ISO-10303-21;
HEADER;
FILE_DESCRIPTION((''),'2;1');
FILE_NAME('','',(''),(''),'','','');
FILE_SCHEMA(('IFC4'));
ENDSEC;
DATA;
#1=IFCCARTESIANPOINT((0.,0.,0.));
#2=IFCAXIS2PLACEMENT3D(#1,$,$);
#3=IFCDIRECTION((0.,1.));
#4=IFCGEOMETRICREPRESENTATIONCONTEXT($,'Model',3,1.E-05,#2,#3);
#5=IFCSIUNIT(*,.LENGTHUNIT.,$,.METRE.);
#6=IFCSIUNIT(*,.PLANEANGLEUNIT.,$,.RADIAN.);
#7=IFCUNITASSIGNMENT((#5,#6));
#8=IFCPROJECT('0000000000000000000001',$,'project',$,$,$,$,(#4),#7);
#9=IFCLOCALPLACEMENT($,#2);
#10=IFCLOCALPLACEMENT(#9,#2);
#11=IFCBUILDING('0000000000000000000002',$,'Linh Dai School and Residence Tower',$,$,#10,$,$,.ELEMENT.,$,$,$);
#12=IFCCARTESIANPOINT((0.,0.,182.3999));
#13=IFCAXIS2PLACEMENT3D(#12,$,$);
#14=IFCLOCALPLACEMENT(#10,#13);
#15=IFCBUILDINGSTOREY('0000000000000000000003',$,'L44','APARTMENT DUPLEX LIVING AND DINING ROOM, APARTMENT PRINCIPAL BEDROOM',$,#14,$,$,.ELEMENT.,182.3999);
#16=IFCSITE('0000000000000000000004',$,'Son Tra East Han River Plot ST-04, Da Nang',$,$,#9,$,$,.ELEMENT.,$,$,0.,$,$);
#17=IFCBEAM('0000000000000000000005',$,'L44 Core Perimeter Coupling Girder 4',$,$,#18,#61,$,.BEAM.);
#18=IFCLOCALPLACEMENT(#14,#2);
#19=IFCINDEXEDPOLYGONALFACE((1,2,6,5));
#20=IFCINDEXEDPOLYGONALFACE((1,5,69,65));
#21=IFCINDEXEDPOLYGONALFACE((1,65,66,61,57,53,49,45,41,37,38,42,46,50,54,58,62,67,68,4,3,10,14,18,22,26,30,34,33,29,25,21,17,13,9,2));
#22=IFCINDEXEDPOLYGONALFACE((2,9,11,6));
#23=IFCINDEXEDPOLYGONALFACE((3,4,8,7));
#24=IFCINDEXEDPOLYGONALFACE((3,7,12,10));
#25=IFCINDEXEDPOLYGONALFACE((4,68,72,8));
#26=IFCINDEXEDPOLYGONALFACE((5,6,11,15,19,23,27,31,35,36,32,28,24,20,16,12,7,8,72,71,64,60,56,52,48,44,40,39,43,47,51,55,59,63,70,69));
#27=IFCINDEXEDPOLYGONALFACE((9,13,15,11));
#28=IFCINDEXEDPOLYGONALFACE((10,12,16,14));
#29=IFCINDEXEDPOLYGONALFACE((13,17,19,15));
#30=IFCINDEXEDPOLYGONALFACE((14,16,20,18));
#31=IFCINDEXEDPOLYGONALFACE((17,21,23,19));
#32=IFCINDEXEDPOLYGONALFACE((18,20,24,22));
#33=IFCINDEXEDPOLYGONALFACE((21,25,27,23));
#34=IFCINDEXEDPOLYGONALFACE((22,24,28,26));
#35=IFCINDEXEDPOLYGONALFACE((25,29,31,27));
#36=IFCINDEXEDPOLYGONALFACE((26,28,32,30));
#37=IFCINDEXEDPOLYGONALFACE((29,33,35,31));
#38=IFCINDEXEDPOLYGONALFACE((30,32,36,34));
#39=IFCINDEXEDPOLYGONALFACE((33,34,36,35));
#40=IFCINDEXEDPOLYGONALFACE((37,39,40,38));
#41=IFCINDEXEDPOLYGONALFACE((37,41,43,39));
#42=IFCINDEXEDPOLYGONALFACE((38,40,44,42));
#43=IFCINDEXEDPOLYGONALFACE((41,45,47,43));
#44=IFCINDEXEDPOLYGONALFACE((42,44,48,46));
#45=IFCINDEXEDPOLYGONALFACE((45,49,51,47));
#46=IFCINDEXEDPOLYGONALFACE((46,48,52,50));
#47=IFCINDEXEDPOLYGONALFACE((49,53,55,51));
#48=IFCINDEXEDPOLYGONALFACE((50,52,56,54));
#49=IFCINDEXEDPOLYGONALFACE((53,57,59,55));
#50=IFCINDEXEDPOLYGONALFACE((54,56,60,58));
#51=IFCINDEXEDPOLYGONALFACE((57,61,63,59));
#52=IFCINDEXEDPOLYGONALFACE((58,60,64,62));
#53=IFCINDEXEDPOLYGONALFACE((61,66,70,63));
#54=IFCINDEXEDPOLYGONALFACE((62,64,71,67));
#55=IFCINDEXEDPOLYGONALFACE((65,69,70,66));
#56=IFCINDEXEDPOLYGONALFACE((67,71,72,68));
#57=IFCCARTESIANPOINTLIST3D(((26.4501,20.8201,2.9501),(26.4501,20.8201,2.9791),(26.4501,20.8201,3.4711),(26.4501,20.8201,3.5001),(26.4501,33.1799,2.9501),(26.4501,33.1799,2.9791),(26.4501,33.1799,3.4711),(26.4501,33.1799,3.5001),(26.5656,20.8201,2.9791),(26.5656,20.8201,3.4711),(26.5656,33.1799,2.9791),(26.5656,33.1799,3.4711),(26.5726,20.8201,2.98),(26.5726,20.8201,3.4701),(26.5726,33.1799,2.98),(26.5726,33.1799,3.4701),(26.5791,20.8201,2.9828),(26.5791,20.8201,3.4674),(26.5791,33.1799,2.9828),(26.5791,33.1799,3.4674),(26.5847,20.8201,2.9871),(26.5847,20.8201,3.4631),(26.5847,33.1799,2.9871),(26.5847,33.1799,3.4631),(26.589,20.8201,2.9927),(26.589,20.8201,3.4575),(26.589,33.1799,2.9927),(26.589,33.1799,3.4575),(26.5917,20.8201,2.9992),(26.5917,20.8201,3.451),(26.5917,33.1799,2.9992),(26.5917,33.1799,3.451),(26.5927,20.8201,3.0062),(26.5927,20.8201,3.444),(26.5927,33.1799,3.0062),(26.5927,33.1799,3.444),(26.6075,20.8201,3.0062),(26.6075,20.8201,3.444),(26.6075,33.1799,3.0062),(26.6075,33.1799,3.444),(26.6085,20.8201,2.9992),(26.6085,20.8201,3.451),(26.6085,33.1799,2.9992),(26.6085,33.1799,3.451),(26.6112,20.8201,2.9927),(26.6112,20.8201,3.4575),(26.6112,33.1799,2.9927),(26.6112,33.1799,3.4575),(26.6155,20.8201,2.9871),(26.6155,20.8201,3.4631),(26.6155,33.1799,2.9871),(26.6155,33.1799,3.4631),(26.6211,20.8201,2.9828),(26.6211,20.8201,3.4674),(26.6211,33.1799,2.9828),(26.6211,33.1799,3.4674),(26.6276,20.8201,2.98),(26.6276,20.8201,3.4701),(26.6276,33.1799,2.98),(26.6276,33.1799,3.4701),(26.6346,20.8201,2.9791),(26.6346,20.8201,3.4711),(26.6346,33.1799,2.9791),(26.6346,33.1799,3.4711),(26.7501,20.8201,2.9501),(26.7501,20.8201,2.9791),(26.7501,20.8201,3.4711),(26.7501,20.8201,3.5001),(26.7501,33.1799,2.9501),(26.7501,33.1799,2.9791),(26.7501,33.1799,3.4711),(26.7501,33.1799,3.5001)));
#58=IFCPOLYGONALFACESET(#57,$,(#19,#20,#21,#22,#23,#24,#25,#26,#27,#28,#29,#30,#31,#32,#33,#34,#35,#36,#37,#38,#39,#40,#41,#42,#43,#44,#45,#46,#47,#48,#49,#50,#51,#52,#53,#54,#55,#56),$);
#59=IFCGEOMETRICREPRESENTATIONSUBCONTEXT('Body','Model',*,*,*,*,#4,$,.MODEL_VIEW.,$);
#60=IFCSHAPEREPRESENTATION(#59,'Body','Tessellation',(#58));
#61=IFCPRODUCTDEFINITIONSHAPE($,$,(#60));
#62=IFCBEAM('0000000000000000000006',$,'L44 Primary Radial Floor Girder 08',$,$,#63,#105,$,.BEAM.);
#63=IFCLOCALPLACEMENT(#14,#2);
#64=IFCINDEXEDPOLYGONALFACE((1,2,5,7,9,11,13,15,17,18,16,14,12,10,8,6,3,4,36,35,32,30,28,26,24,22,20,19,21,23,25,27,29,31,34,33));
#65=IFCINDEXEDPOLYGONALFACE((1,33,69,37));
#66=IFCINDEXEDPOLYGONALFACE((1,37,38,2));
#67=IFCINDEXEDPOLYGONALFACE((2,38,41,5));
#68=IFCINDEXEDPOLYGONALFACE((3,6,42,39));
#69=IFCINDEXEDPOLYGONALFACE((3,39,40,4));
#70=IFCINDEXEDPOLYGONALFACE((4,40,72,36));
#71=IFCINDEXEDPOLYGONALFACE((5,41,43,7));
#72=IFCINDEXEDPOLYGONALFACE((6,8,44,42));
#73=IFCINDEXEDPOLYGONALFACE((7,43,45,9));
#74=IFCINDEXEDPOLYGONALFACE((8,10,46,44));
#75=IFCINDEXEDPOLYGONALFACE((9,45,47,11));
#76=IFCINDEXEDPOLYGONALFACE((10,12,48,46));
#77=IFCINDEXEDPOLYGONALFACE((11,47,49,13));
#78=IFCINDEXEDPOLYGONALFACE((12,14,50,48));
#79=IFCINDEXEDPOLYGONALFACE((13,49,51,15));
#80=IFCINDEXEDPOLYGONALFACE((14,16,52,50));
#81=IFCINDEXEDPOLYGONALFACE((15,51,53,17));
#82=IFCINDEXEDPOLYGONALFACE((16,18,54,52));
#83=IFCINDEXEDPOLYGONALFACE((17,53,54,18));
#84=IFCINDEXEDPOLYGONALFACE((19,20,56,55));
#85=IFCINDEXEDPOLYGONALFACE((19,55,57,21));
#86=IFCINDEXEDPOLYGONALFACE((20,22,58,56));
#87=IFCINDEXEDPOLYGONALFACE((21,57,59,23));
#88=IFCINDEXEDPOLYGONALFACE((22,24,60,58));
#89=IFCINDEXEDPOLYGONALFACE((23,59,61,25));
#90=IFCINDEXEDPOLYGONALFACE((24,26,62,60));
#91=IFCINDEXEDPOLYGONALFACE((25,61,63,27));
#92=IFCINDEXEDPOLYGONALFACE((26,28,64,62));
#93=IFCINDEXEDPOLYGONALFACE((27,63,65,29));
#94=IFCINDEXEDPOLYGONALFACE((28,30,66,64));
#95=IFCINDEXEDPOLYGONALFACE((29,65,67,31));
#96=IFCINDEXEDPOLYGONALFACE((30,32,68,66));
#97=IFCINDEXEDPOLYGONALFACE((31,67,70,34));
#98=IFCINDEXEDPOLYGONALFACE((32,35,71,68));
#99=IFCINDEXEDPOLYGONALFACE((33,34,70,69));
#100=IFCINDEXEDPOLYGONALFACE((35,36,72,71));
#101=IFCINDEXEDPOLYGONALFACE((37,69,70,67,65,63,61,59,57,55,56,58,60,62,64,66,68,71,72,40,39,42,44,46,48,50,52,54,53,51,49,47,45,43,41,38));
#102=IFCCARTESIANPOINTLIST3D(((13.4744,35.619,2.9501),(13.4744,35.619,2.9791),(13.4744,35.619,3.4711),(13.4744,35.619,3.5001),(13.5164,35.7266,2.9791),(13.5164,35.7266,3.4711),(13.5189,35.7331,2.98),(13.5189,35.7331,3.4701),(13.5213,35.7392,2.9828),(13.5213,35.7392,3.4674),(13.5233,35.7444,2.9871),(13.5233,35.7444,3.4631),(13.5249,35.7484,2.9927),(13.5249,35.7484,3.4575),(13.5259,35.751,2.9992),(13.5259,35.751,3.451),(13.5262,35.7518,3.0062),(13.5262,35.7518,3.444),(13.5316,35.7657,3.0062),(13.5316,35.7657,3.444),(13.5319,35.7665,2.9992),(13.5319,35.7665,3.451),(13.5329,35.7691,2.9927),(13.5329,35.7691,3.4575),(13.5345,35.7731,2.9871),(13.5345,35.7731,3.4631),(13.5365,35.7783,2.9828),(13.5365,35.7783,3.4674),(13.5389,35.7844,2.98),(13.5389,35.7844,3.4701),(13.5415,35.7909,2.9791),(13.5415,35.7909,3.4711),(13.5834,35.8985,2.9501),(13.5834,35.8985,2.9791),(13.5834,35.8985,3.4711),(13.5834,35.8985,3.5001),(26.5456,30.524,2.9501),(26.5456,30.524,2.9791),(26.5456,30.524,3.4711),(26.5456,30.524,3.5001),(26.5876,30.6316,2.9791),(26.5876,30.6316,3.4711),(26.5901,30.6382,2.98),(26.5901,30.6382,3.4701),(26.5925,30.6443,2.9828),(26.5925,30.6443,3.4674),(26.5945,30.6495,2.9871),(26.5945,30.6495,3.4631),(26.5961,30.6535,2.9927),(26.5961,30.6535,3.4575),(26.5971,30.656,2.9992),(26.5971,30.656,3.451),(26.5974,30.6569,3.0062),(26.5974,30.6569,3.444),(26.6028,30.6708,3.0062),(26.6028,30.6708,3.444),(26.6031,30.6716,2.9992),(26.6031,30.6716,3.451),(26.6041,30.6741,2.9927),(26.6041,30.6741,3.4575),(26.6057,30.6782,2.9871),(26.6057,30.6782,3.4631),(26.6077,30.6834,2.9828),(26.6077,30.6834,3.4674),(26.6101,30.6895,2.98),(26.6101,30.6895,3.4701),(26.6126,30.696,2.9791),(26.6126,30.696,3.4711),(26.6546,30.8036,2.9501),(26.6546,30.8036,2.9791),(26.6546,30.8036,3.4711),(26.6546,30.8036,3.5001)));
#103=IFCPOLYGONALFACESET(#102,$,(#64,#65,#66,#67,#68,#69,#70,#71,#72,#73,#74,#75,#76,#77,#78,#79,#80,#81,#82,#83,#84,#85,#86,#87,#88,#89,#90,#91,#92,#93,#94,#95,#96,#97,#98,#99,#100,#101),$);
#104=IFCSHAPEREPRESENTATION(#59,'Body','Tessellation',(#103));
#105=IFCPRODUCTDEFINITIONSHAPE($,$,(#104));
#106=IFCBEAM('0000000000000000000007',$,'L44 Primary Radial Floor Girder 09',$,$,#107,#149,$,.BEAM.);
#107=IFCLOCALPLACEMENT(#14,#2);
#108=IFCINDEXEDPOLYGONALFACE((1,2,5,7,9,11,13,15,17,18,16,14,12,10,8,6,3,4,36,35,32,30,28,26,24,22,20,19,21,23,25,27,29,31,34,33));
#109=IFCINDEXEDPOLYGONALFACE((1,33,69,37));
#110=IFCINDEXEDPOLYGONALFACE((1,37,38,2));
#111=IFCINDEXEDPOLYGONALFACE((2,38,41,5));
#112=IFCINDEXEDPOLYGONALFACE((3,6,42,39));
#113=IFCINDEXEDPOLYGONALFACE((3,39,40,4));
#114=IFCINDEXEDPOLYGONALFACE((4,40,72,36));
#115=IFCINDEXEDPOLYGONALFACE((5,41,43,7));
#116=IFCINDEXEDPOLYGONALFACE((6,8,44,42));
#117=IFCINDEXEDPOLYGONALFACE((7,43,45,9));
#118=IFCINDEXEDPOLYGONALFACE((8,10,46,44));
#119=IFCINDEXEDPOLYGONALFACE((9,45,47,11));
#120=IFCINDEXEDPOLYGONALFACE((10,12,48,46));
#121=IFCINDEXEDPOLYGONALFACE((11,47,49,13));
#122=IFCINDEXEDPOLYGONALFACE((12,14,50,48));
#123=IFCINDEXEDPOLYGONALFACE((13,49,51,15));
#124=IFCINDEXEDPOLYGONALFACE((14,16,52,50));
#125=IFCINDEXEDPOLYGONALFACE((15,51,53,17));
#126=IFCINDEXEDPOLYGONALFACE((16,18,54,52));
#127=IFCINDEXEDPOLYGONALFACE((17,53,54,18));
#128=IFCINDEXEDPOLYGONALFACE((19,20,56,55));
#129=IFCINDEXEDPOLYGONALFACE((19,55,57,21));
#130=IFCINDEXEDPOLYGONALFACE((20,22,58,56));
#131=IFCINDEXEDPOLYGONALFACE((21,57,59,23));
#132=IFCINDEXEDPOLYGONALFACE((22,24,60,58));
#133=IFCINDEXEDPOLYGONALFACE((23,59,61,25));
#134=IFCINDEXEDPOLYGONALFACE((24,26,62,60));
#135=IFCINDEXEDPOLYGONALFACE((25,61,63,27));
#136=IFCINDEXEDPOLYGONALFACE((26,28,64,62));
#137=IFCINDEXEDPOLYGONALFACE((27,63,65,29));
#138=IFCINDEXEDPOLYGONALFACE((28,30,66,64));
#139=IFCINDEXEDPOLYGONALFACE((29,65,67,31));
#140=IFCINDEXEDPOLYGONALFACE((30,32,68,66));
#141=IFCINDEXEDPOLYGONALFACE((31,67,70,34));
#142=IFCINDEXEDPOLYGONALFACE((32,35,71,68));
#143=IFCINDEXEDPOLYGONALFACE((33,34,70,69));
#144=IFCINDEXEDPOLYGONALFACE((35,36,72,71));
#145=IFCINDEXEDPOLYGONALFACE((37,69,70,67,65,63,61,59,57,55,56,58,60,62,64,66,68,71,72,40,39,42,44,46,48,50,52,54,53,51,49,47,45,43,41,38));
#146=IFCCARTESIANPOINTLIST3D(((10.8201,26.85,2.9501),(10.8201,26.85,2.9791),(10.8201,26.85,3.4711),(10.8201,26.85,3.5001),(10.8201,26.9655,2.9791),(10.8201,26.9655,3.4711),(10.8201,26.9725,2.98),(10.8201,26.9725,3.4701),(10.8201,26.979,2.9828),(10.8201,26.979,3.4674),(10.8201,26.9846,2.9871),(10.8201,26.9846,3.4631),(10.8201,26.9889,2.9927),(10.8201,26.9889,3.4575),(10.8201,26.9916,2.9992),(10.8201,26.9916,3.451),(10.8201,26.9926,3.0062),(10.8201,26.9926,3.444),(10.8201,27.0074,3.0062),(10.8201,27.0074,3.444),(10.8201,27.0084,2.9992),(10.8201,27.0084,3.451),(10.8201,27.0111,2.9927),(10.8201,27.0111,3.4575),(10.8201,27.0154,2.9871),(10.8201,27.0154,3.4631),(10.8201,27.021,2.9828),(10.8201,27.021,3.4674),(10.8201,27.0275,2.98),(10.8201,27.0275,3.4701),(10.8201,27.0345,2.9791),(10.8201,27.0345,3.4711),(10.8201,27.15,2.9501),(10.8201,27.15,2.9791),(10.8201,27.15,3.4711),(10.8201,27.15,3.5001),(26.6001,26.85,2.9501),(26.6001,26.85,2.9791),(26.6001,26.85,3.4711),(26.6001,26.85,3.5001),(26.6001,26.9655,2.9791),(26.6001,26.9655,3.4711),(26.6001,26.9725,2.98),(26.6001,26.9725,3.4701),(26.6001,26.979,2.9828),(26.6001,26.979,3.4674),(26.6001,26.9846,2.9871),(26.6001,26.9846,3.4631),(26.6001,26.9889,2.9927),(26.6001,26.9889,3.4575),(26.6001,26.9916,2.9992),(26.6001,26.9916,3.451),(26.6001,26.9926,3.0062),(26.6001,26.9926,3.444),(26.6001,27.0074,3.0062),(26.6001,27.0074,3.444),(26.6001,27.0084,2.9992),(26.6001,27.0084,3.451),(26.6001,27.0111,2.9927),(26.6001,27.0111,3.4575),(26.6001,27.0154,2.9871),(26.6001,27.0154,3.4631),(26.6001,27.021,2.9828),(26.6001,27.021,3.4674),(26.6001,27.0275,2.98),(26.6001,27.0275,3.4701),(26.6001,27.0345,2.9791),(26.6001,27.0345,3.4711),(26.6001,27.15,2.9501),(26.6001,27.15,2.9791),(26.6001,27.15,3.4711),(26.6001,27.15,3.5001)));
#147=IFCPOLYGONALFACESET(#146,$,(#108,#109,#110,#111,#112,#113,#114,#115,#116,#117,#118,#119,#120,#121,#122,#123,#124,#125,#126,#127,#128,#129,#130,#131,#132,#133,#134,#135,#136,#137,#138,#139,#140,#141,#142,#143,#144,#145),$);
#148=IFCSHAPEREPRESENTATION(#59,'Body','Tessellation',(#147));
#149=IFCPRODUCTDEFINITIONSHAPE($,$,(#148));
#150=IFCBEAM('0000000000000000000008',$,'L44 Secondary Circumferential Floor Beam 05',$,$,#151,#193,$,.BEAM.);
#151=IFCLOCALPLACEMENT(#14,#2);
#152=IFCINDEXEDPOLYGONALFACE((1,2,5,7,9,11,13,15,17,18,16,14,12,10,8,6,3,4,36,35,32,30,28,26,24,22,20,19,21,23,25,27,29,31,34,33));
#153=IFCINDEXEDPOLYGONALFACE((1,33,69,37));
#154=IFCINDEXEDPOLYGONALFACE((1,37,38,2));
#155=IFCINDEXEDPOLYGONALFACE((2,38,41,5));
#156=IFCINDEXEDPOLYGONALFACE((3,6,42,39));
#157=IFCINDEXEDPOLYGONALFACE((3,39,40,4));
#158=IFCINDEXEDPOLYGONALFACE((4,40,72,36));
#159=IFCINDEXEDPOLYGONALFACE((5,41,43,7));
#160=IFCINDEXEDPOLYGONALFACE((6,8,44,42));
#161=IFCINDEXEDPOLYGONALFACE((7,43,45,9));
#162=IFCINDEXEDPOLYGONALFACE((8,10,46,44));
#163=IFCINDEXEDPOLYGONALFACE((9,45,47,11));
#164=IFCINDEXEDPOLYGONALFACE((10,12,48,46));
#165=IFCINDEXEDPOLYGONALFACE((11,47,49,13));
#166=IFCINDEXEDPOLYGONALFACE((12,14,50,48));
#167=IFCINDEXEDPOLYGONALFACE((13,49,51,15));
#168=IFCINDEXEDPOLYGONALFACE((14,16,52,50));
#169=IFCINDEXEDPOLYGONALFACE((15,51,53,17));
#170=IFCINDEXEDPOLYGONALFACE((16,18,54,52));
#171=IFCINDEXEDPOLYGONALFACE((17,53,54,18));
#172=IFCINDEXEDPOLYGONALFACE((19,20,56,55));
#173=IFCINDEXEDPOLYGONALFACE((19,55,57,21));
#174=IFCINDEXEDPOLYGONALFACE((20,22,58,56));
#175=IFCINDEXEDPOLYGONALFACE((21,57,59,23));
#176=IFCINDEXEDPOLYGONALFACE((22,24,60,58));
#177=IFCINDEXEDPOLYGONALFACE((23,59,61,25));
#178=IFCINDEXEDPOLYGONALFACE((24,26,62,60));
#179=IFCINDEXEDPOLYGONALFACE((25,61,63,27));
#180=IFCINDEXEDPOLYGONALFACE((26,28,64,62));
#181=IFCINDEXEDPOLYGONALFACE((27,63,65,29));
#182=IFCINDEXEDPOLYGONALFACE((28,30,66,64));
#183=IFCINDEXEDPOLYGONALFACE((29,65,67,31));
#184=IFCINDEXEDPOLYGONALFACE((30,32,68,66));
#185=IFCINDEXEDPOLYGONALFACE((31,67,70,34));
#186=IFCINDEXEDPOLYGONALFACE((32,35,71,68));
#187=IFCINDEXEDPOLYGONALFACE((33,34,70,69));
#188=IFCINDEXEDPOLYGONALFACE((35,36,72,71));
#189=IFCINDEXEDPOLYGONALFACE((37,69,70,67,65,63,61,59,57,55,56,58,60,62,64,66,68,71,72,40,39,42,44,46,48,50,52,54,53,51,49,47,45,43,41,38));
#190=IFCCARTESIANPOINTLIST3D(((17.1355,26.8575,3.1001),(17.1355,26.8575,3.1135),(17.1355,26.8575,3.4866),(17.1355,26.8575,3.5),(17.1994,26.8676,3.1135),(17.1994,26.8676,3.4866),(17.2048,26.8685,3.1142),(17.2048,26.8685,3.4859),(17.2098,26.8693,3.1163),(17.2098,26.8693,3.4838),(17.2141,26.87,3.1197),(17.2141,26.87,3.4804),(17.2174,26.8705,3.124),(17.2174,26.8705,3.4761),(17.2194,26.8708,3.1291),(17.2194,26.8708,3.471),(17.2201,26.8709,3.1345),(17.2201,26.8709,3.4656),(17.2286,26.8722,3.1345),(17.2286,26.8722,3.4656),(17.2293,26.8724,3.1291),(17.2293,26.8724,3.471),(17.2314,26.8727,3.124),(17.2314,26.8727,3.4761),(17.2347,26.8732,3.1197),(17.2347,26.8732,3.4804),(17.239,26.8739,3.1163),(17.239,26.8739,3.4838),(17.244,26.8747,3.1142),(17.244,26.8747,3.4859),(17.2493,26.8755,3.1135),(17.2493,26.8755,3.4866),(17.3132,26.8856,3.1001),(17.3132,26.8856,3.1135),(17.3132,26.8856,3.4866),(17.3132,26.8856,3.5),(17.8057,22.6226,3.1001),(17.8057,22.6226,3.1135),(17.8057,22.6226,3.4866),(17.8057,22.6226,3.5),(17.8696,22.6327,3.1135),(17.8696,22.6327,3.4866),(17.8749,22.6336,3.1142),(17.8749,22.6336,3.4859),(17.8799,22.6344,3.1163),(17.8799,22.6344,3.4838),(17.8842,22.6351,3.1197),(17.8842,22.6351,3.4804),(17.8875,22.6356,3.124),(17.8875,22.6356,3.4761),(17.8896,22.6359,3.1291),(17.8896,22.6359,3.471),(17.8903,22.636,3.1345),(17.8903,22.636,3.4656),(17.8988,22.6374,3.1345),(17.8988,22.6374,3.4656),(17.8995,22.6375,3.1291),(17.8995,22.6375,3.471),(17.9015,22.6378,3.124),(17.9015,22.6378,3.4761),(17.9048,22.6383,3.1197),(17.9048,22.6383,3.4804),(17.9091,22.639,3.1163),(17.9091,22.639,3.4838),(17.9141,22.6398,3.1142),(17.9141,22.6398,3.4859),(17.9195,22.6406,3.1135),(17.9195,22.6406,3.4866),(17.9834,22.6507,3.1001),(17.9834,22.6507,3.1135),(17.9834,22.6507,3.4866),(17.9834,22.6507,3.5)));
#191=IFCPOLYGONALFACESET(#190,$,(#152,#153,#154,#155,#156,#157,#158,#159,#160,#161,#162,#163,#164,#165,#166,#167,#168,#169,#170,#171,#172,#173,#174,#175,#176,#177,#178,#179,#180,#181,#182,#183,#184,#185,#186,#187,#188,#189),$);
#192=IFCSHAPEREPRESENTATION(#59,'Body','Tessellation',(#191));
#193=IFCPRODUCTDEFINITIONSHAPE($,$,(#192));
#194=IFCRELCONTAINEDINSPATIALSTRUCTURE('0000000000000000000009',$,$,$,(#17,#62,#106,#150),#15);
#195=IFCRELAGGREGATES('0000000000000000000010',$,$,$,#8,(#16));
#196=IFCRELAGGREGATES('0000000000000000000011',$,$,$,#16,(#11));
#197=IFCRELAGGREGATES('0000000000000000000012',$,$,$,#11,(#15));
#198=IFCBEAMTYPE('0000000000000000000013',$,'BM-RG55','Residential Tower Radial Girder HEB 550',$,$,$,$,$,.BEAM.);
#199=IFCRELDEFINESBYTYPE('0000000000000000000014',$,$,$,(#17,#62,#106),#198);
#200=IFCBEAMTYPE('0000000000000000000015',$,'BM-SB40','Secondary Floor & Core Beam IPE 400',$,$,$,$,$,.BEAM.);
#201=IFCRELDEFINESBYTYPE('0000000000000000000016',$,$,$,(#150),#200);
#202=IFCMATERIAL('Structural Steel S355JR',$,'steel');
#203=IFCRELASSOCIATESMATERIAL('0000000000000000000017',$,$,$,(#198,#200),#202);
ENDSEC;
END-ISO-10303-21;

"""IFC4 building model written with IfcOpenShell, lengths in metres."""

from ifc_helpers import new_model, si_unit, direction, frame, origin, origin_2d, place, context, subcontext, project, spatial, i_section, extrude, material, material_profile, profile_set, type_object, element, save


model = new_model("IFC4")

# Units and contexts
model_context = context("Model", 3, precision=1e-05, world=origin(), true_north=direction((0.0, 1.0)))
body_context = subcontext(model_context, "Body", "Model", "MODEL_VIEW")
ifc_project = project(units=[si_unit("LENGTHUNIT", "METRE"), si_unit("PLANEANGLEUNIT", "RADIAN")], contexts=[model_context])

# Site, building, storey
site_placement = place(None, origin())
site = spatial("IfcSite", under=ifc_project, at=site_placement, Name="Son Tra East Han River Plot ST-04, Da Nang", CompositionType="ELEMENT", RefElevation=0.0)
building_placement = place(site_placement, origin())
building = spatial("IfcBuilding", under=site, at=building_placement, Name="Linh Dai School and Residence Tower", CompositionType="ELEMENT")
storey_placement = place(building_placement, frame((0.0, 0.0, 182.3999)))
storey = spatial("IfcBuildingStorey", under=building, at=storey_placement, Name="L44", Description="APARTMENT DUPLEX LIVING AND DINING ROOM, APARTMENT PRINCIPAL BEDROOM", CompositionType="ELEMENT", Elevation=182.3999)

# Shared definitions
ifc_material_1 = material(Name="Structural Steel S355JR", Category="steel")

# Beams
ifc_material_profile_1 = material_profile(ifc_material_1, i_section(OverallWidth=0.3, OverallDepth=0.55, WebThickness=0.0149, FlangeThickness=0.0291, FilletRadius=0.0271, at=origin_2d()), Name="HEB 550")
ifc_profile_set_1 = profile_set([ifc_material_profile_1], Name="Structural Steel S355JR")
beam_type_1 = type_object("IfcBeamType", Name="BM-RG55", Description="Residential Tower Radial Girder HEB 550", PredefinedType="BEAM", material=ifc_profile_set_1)
beam_1_placement = place(storey_placement, frame((26.6001, 33.1799, 3.2251), z_axis=(0.0, -1.0, 0.0), x_axis=(1.0, 0.0, 0.0)))
element("IfcBeam", 1, at=beam_1_placement, inside=storey, type_object=beam_type_1, Name="L44 Core Perimeter Coupling Girder 4", PredefinedType="BEAM", context=body_context, shape_type="SweptSolid", body=[
    extrude(i_section(OverallWidth=0.3, OverallDepth=0.55, WebThickness=0.0149, FlangeThickness=0.0291, FilletRadius=0.0271, at=origin_2d()), origin(), (0.0, 0.0, 1.0), 12.3599),
])
beam_2_placement = place(storey_placement, frame((26.6001, 30.6638, 3.2251), z_axis=(-0.931723, 0.36317, 0.0), x_axis=(-0.36317, -0.931723, 0.0)))
element("IfcBeam", 2, at=beam_2_placement, inside=storey, type_object=beam_type_1, Name="L44 Primary Radial Floor Girder 08", PredefinedType="BEAM", context=body_context, shape_type="SweptSolid", body=[
    extrude(i_section(OverallWidth=0.3, OverallDepth=0.55, WebThickness=0.0149, FlangeThickness=0.0291, FilletRadius=0.0271, at=origin_2d()), origin(), (0.0, 0.0, 1.0), 14.0291),
])
beam_3_placement = place(storey_placement, frame((26.6001, 27.0, 3.2251), z_axis=(-1.0, 0.0, 0.0), x_axis=(0.0, -1.0, 0.0)))
element("IfcBeam", 3, at=beam_3_placement, inside=storey, type_object=beam_type_1, Name="L44 Primary Radial Floor Girder 09", PredefinedType="BEAM", context=body_context, shape_type="SweptSolid", body=[
    extrude(i_section(OverallWidth=0.3, OverallDepth=0.55, WebThickness=0.0149, FlangeThickness=0.0291, FilletRadius=0.0271, at=origin_2d()), origin(), (0.0, 0.0, 1.0), 15.78),
])
ifc_material_profile_2 = material_profile(ifc_material_1, i_section(OverallWidth=0.1799, OverallDepth=0.3999, WebThickness=0.0085, FlangeThickness=0.0134, FilletRadius=0.021, at=origin_2d()), Name="IPE 400")
ifc_profile_set_2 = profile_set([ifc_material_profile_2], Name="Structural Steel S355JR")
beam_type_2 = type_object("IfcBeamType", Name="BM-SB40", Description="Secondary Floor & Core Beam IPE 400", PredefinedType="BEAM", material=ifc_profile_set_2)
beam_4_placement = place(storey_placement, frame((17.2244, 26.8716, 3.3), z_axis=(0.156305, -0.987709, 0.0), x_axis=(0.987709, 0.156305, 0.0)))
element("IfcBeam", 4, at=beam_4_placement, inside=storey, type_object=beam_type_2, Name="L44 Secondary Circumferential Floor Beam 05", PredefinedType="BEAM", context=body_context, shape_type="SweptSolid", body=[
    extrude(i_section(OverallWidth=0.1799, OverallDepth=0.3999, WebThickness=0.0085, FlangeThickness=0.0134, FilletRadius=0.021, at=origin_2d()), origin(), (0.0, 0.0, 1.0), 4.2876),
])

save(model, "model.ifc")
